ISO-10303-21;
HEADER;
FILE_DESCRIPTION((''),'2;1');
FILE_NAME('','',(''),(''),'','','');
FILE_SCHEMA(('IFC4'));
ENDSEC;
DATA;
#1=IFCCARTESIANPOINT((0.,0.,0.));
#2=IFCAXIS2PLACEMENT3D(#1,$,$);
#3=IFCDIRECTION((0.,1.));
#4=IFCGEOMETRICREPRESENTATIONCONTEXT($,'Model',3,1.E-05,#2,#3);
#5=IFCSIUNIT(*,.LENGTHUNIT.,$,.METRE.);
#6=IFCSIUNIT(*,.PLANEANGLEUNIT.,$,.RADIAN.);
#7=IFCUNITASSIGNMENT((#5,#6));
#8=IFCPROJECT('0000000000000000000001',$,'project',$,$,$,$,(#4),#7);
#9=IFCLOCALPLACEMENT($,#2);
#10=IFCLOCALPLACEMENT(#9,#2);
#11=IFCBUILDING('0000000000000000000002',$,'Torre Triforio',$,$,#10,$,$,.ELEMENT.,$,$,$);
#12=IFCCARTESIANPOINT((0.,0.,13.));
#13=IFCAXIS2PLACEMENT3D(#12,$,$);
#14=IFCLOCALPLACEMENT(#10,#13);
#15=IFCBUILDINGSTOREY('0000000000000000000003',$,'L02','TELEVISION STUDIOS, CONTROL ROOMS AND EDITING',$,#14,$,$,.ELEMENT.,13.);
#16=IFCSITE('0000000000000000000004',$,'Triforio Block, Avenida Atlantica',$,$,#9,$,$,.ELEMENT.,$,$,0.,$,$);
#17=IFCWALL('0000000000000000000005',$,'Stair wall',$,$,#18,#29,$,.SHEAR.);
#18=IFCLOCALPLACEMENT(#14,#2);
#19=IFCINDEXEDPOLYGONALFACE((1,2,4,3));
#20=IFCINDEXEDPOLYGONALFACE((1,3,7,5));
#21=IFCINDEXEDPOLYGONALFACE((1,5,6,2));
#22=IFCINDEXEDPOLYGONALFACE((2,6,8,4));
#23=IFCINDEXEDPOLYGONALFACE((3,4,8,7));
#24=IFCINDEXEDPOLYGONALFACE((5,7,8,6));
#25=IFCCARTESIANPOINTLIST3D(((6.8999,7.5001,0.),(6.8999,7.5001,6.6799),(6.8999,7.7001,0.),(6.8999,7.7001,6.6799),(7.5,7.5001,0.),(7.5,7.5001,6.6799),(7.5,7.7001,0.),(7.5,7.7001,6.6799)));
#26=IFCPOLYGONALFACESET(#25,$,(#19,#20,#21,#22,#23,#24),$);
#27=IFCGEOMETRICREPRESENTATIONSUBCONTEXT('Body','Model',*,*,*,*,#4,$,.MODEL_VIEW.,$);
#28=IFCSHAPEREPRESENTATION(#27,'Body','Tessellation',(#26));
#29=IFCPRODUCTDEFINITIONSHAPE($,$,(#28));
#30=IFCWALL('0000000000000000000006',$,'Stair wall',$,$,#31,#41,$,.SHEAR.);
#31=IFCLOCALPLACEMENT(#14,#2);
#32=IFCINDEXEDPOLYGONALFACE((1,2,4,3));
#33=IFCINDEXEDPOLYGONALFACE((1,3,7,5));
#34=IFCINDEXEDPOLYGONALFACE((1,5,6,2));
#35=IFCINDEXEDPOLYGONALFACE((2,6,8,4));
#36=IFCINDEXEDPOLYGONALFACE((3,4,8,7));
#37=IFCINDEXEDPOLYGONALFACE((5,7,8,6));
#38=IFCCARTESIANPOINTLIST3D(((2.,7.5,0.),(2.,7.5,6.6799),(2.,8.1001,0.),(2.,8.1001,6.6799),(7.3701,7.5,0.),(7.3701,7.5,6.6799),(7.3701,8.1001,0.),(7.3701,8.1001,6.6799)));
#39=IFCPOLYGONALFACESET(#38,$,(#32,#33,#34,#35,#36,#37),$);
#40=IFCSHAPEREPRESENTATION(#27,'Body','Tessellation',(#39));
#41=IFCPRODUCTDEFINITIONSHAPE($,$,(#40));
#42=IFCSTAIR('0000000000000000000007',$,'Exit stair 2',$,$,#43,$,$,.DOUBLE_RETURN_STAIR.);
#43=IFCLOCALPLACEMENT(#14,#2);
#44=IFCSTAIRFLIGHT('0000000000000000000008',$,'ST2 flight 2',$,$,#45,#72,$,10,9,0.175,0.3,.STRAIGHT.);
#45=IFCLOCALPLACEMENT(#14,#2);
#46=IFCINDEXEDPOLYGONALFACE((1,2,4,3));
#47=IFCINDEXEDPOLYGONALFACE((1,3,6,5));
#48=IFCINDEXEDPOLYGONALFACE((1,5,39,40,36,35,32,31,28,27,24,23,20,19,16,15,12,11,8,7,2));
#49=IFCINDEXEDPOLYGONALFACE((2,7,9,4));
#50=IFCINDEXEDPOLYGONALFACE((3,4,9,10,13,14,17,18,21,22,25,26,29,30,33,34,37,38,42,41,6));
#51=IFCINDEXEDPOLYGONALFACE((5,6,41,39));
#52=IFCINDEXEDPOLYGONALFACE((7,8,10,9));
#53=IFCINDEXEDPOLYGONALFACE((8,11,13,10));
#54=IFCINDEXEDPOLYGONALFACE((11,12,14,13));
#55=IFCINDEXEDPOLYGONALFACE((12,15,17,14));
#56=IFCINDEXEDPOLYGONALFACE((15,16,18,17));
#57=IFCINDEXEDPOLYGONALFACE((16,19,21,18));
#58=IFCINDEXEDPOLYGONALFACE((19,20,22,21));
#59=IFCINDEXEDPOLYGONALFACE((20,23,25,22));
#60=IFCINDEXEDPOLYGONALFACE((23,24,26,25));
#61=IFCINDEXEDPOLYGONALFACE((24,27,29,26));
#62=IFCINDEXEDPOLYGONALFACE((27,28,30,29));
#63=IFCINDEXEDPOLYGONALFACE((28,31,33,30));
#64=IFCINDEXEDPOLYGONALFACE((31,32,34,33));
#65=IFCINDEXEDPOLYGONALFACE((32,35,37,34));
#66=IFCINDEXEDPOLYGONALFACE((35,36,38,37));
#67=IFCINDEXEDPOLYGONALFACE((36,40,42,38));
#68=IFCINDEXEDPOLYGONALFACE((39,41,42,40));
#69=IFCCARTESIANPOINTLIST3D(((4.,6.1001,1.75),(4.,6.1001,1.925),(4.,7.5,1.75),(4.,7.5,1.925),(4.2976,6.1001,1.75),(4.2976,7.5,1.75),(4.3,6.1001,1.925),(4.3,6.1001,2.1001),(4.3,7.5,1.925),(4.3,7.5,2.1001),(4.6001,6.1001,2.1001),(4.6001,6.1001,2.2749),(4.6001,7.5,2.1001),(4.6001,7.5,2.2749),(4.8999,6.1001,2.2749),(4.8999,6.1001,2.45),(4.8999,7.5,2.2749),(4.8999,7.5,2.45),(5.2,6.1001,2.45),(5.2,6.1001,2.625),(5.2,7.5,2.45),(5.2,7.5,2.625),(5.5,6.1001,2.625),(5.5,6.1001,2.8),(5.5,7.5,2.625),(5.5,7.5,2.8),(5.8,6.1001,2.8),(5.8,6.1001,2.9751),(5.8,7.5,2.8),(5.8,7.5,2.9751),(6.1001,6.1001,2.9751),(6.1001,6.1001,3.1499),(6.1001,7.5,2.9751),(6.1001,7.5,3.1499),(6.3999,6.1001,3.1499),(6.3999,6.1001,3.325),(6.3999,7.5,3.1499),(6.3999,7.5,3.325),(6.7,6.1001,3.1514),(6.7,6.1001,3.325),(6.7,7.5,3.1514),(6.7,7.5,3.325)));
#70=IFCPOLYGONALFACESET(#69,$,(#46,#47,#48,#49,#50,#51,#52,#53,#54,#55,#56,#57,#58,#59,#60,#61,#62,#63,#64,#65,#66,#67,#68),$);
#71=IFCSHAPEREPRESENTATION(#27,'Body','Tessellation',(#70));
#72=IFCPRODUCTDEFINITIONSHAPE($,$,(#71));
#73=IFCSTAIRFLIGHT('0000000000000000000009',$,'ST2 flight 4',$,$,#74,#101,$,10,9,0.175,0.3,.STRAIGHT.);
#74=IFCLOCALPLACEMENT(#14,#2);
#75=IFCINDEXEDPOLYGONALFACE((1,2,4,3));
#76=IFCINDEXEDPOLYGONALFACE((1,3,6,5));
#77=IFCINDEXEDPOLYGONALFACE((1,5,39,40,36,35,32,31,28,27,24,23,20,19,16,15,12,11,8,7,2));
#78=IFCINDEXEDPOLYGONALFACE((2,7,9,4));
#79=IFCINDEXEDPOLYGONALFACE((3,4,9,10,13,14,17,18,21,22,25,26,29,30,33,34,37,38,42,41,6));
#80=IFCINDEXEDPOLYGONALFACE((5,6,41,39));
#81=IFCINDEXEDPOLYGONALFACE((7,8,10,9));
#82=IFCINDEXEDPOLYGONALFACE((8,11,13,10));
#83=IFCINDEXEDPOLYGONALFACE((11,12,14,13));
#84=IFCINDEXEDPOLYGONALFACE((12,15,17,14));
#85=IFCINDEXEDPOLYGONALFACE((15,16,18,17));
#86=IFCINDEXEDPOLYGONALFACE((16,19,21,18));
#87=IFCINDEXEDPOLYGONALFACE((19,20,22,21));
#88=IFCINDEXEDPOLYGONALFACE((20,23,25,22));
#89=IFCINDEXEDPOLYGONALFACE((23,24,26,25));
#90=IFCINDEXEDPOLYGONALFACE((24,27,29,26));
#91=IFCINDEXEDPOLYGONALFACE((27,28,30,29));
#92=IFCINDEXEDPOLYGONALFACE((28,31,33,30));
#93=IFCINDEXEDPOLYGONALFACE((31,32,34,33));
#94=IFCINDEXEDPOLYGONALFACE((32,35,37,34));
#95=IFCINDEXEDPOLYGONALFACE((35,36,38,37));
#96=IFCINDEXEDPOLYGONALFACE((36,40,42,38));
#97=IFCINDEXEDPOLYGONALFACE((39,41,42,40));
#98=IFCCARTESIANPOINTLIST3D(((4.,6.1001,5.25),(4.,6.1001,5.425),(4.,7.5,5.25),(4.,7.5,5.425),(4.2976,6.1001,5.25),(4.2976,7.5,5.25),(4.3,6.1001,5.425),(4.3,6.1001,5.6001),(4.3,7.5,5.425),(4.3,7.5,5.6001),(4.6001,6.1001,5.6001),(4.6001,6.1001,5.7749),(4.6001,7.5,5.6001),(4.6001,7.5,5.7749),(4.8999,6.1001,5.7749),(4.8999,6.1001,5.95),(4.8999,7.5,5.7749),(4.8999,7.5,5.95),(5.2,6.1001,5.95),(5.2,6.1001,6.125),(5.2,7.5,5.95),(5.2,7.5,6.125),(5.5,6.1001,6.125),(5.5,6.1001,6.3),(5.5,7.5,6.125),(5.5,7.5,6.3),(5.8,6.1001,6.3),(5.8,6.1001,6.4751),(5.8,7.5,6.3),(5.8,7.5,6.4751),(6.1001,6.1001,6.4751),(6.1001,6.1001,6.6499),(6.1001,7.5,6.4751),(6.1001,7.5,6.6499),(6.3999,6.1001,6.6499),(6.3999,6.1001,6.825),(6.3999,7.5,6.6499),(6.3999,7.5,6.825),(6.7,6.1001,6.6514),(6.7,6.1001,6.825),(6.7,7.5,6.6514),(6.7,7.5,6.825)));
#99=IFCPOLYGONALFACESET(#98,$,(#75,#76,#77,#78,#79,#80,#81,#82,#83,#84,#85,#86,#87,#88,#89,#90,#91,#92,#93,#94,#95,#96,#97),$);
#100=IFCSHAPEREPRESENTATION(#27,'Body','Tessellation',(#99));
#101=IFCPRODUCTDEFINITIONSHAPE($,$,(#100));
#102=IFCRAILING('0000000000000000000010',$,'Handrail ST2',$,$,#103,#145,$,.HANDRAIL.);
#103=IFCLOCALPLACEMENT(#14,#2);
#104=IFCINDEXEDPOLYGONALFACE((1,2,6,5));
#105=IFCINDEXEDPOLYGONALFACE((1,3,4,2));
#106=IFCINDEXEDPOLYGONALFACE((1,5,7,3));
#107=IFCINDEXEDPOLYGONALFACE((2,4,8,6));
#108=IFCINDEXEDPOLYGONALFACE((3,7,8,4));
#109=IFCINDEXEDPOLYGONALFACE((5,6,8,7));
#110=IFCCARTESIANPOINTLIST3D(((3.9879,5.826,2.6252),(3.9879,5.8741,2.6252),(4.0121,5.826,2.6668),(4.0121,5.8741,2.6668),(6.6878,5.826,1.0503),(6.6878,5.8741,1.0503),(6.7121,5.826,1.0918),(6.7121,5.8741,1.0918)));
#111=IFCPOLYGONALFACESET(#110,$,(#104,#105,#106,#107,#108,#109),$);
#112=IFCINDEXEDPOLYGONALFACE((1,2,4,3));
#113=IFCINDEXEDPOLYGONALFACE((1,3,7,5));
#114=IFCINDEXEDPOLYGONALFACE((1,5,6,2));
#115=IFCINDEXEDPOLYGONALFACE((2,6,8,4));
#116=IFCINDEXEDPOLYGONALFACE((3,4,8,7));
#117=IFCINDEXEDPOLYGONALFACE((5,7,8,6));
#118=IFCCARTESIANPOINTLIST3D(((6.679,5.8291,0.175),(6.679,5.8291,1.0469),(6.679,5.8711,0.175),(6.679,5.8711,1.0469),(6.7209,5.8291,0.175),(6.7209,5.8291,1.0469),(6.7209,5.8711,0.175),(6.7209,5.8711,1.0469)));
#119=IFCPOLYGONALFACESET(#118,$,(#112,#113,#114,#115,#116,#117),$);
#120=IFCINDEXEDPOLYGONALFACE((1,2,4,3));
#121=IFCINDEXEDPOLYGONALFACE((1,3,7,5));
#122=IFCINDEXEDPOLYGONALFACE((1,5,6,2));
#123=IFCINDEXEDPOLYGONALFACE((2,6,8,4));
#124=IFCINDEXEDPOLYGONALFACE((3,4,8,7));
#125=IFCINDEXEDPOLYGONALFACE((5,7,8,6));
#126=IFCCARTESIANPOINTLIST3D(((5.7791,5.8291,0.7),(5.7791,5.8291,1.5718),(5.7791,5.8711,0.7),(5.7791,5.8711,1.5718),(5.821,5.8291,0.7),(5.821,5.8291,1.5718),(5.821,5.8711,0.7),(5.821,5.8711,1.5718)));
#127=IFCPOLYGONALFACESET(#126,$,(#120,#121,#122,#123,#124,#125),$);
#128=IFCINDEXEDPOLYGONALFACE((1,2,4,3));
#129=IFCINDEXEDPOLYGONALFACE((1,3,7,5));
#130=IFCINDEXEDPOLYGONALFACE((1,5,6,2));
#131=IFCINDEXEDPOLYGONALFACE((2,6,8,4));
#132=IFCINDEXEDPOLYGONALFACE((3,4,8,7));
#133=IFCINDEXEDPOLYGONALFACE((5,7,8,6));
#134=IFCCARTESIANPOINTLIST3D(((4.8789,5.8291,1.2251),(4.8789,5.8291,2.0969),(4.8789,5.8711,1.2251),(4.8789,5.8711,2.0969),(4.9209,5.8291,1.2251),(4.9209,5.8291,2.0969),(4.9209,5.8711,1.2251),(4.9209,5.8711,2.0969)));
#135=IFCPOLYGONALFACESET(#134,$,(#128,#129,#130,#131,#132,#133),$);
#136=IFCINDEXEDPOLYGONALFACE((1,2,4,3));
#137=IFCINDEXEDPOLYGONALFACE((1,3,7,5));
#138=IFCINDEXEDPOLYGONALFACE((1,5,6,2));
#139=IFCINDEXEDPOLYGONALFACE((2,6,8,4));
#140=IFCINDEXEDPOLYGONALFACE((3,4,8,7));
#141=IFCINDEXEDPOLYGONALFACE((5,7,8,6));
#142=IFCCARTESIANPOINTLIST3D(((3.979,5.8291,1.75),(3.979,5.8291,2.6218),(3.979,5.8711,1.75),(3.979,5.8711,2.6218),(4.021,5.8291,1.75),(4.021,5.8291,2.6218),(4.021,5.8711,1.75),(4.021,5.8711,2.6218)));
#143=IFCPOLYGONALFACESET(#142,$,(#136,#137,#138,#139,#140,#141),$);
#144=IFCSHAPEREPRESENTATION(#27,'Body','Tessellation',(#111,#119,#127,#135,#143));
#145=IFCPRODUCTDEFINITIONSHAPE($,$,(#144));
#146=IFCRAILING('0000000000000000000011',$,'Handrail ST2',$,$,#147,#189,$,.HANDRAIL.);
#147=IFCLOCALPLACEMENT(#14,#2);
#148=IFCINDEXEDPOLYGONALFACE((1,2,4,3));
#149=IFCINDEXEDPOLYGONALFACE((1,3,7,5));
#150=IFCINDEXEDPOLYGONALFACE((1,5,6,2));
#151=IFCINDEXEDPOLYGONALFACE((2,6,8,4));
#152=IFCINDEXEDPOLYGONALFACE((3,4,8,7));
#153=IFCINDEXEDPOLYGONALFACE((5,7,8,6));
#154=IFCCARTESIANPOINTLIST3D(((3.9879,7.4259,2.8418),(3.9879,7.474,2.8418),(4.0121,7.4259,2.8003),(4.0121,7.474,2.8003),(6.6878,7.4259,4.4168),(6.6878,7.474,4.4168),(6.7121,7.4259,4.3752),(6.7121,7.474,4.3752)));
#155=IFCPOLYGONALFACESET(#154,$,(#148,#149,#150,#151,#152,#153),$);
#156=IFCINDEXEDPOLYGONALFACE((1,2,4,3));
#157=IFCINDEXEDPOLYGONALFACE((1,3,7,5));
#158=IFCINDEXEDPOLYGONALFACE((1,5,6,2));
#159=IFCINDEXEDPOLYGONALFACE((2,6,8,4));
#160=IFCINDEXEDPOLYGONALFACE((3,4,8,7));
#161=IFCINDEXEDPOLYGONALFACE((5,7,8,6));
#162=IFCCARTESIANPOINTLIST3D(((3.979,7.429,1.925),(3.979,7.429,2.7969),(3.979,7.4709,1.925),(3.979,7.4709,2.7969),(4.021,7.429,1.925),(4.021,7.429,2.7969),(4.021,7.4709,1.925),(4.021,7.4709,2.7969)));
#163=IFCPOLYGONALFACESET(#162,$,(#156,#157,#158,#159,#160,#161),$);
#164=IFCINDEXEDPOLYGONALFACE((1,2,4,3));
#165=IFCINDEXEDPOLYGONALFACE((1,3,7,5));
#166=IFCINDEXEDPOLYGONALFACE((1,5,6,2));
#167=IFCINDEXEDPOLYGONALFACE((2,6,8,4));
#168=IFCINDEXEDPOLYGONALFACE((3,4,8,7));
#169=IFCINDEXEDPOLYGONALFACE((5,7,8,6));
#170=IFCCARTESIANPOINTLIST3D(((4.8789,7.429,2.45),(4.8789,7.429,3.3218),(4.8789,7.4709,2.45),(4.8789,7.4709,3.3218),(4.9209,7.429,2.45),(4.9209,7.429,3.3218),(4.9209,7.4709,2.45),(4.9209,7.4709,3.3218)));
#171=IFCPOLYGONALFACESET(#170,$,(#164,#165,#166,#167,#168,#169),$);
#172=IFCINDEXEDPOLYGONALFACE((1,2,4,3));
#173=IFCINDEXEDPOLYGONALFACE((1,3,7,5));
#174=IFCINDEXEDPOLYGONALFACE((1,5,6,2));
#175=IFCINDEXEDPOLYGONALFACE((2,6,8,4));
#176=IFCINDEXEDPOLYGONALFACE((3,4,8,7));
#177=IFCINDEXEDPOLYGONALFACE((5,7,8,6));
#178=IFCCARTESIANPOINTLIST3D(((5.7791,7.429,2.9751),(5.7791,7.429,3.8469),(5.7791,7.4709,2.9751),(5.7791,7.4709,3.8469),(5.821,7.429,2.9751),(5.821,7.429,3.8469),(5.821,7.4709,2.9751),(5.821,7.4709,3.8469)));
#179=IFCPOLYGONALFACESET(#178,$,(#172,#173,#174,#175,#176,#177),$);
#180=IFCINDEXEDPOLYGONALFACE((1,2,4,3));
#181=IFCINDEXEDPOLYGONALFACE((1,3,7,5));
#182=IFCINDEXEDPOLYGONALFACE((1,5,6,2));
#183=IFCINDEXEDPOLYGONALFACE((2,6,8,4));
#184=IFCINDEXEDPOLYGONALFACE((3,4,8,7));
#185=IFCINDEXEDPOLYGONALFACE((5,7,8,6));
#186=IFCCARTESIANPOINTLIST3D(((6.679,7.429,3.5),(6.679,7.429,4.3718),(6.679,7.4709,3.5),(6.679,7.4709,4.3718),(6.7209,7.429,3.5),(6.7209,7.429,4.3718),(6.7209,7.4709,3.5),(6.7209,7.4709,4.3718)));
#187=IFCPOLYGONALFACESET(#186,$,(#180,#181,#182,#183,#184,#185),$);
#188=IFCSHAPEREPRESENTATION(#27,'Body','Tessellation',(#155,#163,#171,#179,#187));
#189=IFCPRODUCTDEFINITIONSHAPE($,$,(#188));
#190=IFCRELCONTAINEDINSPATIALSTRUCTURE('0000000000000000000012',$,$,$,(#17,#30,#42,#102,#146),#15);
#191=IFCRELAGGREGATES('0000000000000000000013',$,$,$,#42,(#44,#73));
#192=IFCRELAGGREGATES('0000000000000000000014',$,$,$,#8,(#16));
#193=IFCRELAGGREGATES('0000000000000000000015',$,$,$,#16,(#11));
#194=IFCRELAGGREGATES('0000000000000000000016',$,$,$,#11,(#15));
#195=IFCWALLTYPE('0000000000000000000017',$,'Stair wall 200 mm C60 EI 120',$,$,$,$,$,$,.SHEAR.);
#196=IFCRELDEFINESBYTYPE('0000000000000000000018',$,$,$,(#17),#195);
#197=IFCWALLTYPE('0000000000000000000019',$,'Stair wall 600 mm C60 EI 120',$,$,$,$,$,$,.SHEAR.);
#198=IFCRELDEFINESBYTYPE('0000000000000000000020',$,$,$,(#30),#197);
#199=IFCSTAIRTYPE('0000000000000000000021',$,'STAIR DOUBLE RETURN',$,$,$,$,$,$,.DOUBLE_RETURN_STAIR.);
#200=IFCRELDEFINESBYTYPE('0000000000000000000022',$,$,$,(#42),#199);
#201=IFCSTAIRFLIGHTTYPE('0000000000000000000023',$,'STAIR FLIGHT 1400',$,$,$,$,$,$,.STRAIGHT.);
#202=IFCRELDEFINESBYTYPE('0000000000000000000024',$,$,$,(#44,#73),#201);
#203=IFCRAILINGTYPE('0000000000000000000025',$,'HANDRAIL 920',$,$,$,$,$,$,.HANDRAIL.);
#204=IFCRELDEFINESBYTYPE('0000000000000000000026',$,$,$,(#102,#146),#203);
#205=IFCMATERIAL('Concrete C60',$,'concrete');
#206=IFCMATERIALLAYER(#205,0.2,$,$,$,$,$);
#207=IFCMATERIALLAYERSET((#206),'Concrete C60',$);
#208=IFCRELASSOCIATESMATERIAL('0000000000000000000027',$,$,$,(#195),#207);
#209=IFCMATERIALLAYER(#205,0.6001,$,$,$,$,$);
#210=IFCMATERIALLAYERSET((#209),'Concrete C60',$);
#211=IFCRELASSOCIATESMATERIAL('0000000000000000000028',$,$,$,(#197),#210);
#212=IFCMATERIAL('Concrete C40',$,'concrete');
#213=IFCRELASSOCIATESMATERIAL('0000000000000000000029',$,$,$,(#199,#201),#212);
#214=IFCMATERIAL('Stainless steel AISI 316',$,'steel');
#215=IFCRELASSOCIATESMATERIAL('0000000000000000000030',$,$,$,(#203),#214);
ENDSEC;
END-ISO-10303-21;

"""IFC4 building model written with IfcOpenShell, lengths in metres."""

from ifc_helpers import new_model, si_unit, direction, frame, frame_2d, origin, origin_2d, place, context, subcontext, project, spatial, polyline, rectangle, outline, extrude, material, layer, layer_set, type_object, element, aggregate, save


model = new_model("IFC4")

# Units and contexts
model_context = context("Model", 3, precision=1e-05, world=origin(), true_north=direction((0.0, 1.0)))
body_context = subcontext(model_context, "Body", "Model", "MODEL_VIEW")
ifc_project = project(units=[si_unit("LENGTHUNIT", "METRE"), si_unit("PLANEANGLEUNIT", "RADIAN")], contexts=[model_context])

# Site, building, storey
site_placement = place(None, origin())
site = spatial("IfcSite", under=ifc_project, at=site_placement, Name="Triforio Block, Avenida Atlantica", CompositionType="ELEMENT", RefElevation=0.0)
building_placement = place(site_placement, origin())
building = spatial("IfcBuilding", under=site, at=building_placement, Name="Torre Triforio", CompositionType="ELEMENT")
storey_placement = place(building_placement, frame((0.0, 0.0, 13.0)))
storey = spatial("IfcBuildingStorey", under=building, at=storey_placement, Name="L02", Description="TELEVISION STUDIOS, CONTROL ROOMS AND EDITING", CompositionType="ELEMENT", Elevation=13.0)

# Shared definitions
ifc_material_1 = material(Name="Concrete C60", Category="concrete")

# Shared definitions
ifc_material_2 = material(Name="Concrete C40", Category="concrete")

# Walls
ifc_layer_1 = layer(ifc_material_1, 0.2)
ifc_layer_set_1 = layer_set([ifc_layer_1], Name="Concrete C60")
wall_type_1 = type_object("IfcWallType", Name="Stair wall 200 mm C60 EI 120", PredefinedType="SHEAR", material=ifc_layer_set_1)
wall_1_placement = place(storey_placement, frame((6.8999, 7.6001, 0.0), z_axis=(0.0, 0.0, 1.0), x_axis=(1.0, 0.0, 0.0)))
element("IfcWall", 1, at=wall_1_placement, inside=storey, type_object=wall_type_1, Name="Stair wall", PredefinedType="SHEAR", context=body_context, shape_type="SweptSolid", body=[
    extrude(rectangle(XDim=0.6001, YDim=0.2, at=frame_2d((0.3, 0.0))), origin(), (0.0, 0.0, 1.0), 6.6799),
])
ifc_layer_2 = layer(ifc_material_1, 0.6001)
ifc_layer_set_2 = layer_set([ifc_layer_2], Name="Concrete C60")
wall_type_2 = type_object("IfcWallType", Name="Stair wall 600 mm C60 EI 120", PredefinedType="SHEAR", material=ifc_layer_set_2)
wall_2_placement = place(storey_placement, frame((2.0, 7.8, 0.0), z_axis=(0.0, 0.0, 1.0), x_axis=(1.0, 0.0, 0.0)))
element("IfcWall", 2, at=wall_2_placement, inside=storey, type_object=wall_type_2, Name="Stair wall", PredefinedType="SHEAR", context=body_context, shape_type="SweptSolid", body=[
    extrude(rectangle(XDim=5.3701, YDim=0.6001, at=frame_2d((2.6851, 0.0))), origin(), (0.0, 0.0, 1.0), 6.6799),
])

# Stair, stair flights
stair_type = type_object("IfcStairType", Name="STAIR DOUBLE RETURN", PredefinedType="DOUBLE_RETURN_STAIR", material=ifc_material_2)
stair_placement = place(storey_placement, origin())
stair = element("IfcStair", 3, at=stair_placement, inside=storey, type_object=stair_type, Name="Exit stair 2", PredefinedType="DOUBLE_RETURN_STAIR")
stair_flight_type = type_object("IfcStairFlightType", Name="STAIR FLIGHT 1400", PredefinedType="STRAIGHT", material=ifc_material_2)
stair_flight_1_placement = place(storey_placement, frame((4.0, 6.8, 1.75), z_axis=(0.0, 0.0, 1.0), x_axis=(1.0, 0.0, 0.0)))
stair_flight_1 = element("IfcStairFlight", 4, at=stair_flight_1_placement, type_object=stair_flight_type, Name="ST2 flight 2", NumberOfRisers=10, NumberOfTreads=9, PredefinedType="STRAIGHT", RiserHeight=0.175, TreadLength=0.3, context=body_context, shape_type="SweptSolid", body=[
    extrude(outline(polyline([(0.0, 0.0), (0.0, 0.175), (0.3, 0.175), (0.3, 0.3501), (0.6001, 0.3501), (0.6001, 0.5249), (0.8999, 0.5249), (0.8999, 0.7), (1.2, 0.7), (1.2, 0.875), (1.5, 0.875), (1.5, 1.05), (1.8, 1.05), (1.8, 1.2251), (2.1001, 1.2251), (2.1001, 1.3999), (2.3999, 1.3999), (2.3999, 1.575), (2.7, 1.575), (2.7, 1.75), (2.7, 1.4014), (0.2976, 0.0), (0.0, 0.0)])), frame((0.0, 0.7, 0.0), z_axis=(0.0, -1.0, 0.0), x_axis=(1.0, 0.0, 0.0)), (0.0, 0.0, 1.0), 1.3999),
])
stair_flight_2_placement = place(storey_placement, frame((4.0, 6.8, 5.25), z_axis=(0.0, 0.0, 1.0), x_axis=(1.0, 0.0, 0.0)))
stair_flight_2 = element("IfcStairFlight", 5, at=stair_flight_2_placement, type_object=stair_flight_type, Name="ST2 flight 4", NumberOfRisers=10, NumberOfTreads=9, PredefinedType="STRAIGHT", RiserHeight=0.175, TreadLength=0.3, context=body_context, shape_type="SweptSolid", body=[
    extrude(outline(polyline([(0.0, 0.0), (0.0, 0.175), (0.3, 0.175), (0.3, 0.3501), (0.6001, 0.3501), (0.6001, 0.5249), (0.8999, 0.5249), (0.8999, 0.7), (1.2, 0.7), (1.2, 0.875), (1.5, 0.875), (1.5, 1.05), (1.8, 1.05), (1.8, 1.2251), (2.1001, 1.2251), (2.1001, 1.3999), (2.3999, 1.3999), (2.3999, 1.575), (2.7, 1.575), (2.7, 1.75), (2.7, 1.4014), (0.2976, 0.0), (0.0, 0.0)])), frame((0.0, 0.7, 0.0), z_axis=(0.0, -1.0, 0.0), x_axis=(1.0, 0.0, 0.0)), (0.0, 0.0, 1.0), 1.3999),
])
aggregate(stair, [stair_flight_1, stair_flight_2])

# Railings
ifc_material_3 = material(Name="Stainless steel AISI 316", Category="steel")
railing_type_1 = type_object("IfcRailingType", Name="HANDRAIL 920", PredefinedType="HANDRAIL", material=ifc_material_3)
railing_1_placement = place(storey_placement, frame((6.7, 5.8501, 0.175)))
element("IfcRailing", 6, at=railing_1_placement, inside=storey, type_object=railing_type_1, Name="Handrail ST2", PredefinedType="HANDRAIL", context=body_context, shape_type="SweptSolid", body=[
    extrude(rectangle(XDim=0.0481, YDim=0.0481, at=origin_2d()), frame((0.0, 0.0, 0.896), z_axis=(-0.863782, 0.0, 0.503866), x_axis=(0.0, -1.0, 0.0)), (0.0, 0.0, 1.0), 3.1257),
    extrude(rectangle(XDim=0.042, YDim=0.042, at=origin_2d()), origin(), (0.0, 0.0, 1.0), 0.8718),
    extrude(rectangle(XDim=0.042, YDim=0.042, at=origin_2d()), frame((-0.8999, 0.0, 0.5249)), (0.0, 0.0, 1.0), 0.8718),
    extrude(rectangle(XDim=0.042, YDim=0.042, at=origin_2d()), frame((-1.8, 0.0, 1.05)), (0.0, 0.0, 1.0), 0.8718),
    extrude(rectangle(XDim=0.042, YDim=0.042, at=origin_2d()), frame((-2.7, 0.0, 1.575)), (0.0, 0.0, 1.0), 0.8718),
])
for number, where, name in (
    (7, (4.0, 7.45, 1.925), "Handrail ST2"),
):
    element("IfcRailing", number, at=place(storey_placement, frame(where)), inside=storey, type_object=railing_type_1, Name=name, PredefinedType="HANDRAIL", context=body_context, shape_type="SweptSolid", body=[
        extrude(rectangle(XDim=0.0481, YDim=0.0481, at=origin_2d()), frame((0.0, 0.0, 0.896), z_axis=(0.863782, 0.0, 0.503866), x_axis=(0.0, 1.0, 0.0)), (0.0, 0.0, 1.0), 3.1257),
        extrude(rectangle(XDim=0.042, YDim=0.042, at=origin_2d()), origin(), (0.0, 0.0, 1.0), 0.8718),
        extrude(rectangle(XDim=0.042, YDim=0.042, at=origin_2d()), frame((0.8999, 0.0, 0.5249)), (0.0, 0.0, 1.0), 0.8718),
        extrude(rectangle(XDim=0.042, YDim=0.042, at=origin_2d()), frame((1.8, 0.0, 1.05)), (0.0, 0.0, 1.0), 0.8718),
        extrude(rectangle(XDim=0.042, YDim=0.042, at=origin_2d()), frame((2.7, 0.0, 1.575)), (0.0, 0.0, 1.0), 0.8718),
    ])

save(model, "model.ifc")
